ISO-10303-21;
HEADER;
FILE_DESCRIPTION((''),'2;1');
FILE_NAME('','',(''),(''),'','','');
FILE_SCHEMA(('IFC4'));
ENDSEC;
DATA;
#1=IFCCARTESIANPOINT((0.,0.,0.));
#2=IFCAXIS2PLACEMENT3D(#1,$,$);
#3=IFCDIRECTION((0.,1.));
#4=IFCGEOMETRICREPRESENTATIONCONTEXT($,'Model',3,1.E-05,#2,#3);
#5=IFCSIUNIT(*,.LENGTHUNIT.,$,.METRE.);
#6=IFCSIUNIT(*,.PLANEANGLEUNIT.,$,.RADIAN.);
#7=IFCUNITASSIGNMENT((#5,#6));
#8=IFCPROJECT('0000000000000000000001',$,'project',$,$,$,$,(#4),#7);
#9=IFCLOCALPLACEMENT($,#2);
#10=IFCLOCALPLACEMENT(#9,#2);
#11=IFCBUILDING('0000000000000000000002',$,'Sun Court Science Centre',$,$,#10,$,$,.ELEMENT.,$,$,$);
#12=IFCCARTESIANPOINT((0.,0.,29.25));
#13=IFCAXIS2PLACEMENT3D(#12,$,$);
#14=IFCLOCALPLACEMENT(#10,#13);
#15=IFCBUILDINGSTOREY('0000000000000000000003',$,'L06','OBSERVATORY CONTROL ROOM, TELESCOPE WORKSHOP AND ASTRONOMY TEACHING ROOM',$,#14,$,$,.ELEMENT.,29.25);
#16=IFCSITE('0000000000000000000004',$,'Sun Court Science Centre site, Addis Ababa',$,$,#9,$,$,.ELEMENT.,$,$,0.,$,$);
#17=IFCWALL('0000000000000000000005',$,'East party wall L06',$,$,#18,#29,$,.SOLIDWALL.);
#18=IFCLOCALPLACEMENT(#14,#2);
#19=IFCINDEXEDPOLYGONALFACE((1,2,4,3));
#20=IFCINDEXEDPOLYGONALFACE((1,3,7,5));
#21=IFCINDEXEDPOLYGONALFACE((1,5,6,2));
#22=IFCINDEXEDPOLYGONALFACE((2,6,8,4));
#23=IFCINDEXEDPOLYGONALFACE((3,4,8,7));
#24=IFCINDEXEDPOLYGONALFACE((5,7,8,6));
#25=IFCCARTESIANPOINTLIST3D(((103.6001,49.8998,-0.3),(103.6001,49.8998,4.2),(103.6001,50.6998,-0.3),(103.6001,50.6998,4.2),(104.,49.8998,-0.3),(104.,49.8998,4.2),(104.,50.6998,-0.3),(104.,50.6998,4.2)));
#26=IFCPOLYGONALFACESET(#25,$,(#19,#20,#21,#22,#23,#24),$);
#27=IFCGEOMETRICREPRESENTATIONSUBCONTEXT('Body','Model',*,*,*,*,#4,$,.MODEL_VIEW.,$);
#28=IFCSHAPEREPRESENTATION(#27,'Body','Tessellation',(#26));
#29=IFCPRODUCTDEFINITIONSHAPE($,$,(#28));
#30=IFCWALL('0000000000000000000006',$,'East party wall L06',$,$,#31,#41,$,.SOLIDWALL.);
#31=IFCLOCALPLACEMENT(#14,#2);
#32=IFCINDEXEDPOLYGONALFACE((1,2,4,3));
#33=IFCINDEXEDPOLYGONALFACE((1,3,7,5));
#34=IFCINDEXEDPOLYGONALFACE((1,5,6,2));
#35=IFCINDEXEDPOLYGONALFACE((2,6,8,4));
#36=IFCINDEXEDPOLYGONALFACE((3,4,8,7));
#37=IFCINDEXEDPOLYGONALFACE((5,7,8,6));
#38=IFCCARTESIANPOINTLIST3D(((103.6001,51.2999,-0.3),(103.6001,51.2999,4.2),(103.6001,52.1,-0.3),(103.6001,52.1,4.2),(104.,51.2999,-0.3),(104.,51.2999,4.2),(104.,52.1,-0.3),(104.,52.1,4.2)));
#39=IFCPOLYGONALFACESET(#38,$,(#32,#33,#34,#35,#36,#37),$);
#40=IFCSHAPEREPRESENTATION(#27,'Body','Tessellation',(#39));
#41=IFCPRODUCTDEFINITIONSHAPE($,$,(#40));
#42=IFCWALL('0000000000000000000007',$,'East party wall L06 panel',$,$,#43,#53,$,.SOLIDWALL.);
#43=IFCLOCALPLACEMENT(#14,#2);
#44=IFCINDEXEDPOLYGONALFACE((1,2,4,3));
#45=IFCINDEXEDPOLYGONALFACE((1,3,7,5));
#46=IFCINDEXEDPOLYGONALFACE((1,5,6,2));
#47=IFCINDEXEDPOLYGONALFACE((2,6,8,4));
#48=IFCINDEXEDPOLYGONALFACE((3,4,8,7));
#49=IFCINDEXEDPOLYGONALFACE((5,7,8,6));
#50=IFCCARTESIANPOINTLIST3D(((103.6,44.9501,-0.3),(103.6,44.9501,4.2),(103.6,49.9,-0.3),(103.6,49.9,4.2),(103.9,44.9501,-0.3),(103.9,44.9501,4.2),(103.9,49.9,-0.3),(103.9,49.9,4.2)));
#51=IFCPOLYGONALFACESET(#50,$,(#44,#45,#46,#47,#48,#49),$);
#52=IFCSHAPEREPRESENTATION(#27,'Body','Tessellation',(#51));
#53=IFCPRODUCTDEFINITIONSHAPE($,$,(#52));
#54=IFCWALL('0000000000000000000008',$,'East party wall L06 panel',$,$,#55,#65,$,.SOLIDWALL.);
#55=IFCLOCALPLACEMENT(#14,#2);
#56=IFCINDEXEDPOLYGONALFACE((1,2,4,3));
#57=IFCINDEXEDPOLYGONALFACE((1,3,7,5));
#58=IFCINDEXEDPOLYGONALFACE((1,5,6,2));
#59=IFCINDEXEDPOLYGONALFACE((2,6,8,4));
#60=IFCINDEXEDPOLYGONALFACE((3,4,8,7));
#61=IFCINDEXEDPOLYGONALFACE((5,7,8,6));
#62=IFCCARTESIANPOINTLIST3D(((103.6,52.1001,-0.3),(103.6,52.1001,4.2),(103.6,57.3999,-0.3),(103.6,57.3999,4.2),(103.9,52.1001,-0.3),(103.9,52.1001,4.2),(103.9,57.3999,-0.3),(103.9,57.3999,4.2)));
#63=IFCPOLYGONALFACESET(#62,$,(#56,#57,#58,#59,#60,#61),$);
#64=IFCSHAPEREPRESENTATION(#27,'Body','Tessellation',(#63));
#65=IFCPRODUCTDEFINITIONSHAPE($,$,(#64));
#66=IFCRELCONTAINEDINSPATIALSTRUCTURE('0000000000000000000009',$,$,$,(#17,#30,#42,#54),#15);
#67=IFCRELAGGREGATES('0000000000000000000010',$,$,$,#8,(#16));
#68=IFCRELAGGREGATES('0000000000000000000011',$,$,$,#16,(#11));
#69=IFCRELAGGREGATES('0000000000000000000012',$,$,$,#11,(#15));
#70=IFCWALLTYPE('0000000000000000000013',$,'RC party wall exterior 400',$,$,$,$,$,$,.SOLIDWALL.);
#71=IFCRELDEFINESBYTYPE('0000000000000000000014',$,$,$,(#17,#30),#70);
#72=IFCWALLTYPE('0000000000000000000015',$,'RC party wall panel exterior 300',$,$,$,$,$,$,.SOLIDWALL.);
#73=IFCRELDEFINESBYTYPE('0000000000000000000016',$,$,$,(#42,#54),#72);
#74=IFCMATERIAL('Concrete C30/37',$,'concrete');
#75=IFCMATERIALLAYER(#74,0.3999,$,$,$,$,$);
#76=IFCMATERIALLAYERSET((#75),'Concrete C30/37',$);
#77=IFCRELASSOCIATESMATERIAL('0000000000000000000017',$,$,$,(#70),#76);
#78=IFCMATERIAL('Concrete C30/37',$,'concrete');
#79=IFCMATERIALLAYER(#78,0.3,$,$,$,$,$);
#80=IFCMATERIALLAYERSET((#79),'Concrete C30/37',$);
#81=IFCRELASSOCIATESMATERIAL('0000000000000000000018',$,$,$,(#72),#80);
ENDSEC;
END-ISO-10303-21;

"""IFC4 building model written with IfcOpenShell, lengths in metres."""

from ifc_helpers import new_model, si_unit, direction, frame, frame_2d, origin, place, context, subcontext, project, spatial, rectangle, extrude, material, layer, layer_set, type_object, element, save


model = new_model("IFC4")

# Units and contexts
model_context = context("Model", 3, precision=1e-05, world=origin(), true_north=direction((0.0, 1.0)))
body_context = subcontext(model_context, "Body", "Model", "MODEL_VIEW")
ifc_project = project(units=[si_unit("LENGTHUNIT", "METRE"), si_unit("PLANEANGLEUNIT", "RADIAN")], contexts=[model_context])

# Site, building, storey
site_placement = place(None, origin())
site = spatial("IfcSite", under=ifc_project, at=site_placement, Name="Sun Court Science Centre site, Addis Ababa", CompositionType="ELEMENT", RefElevation=0.0)
building_placement = place(site_placement, origin())
building = spatial("IfcBuilding", under=site, at=building_placement, Name="Sun Court Science Centre", CompositionType="ELEMENT")
storey_placement = place(building_placement, frame((0.0, 0.0, 29.25)))
storey = spatial("IfcBuildingStorey", under=building, at=storey_placement, Name="L06", Description="OBSERVATORY CONTROL ROOM, TELESCOPE WORKSHOP AND ASTRONOMY TEACHING ROOM", CompositionType="ELEMENT", Elevation=29.25)

# Walls
ifc_material_1 = material(Name="Concrete C30/37", Category="concrete")
ifc_layer_1 = layer(ifc_material_1, 0.3999)
ifc_layer_set_1 = layer_set([ifc_layer_1], Name="Concrete C30/37")
wall_type_1 = type_object("IfcWallType", Name="RC party wall exterior 400", PredefinedType="SOLIDWALL", material=ifc_layer_set_1)
for number, where, z_axis, x_axis, name in (
    (1, (103.8, 49.8999, -0.3), (0.0, 0.0, 1.0), (0.0, 1.0, 0.0), "East party wall L06"),
    (2, (103.8, 51.3, -0.3), (0.0, 0.0, 1.0), (0.0, 1.0, 0.0), "East party wall L06"),
):
    element("IfcWall", number, at=place(storey_placement, frame(where, z_axis=z_axis, x_axis=x_axis)), inside=storey, type_object=wall_type_1, Name=name, PredefinedType="SOLIDWALL", context=body_context, shape_type="SweptSolid", body=[
        extrude(rectangle(XDim=0.8, YDim=0.3999, at=frame_2d((0.3999, 0.0))), origin(), (0.0, 0.0, 1.0), 4.5),
    ])
ifc_material_2 = material(Name="Concrete C30/37", Category="concrete")
ifc_layer_2 = layer(ifc_material_2, 0.3)
ifc_layer_set_2 = layer_set([ifc_layer_2], Name="Concrete C30/37")
wall_type_2 = type_object("IfcWallType", Name="RC party wall panel exterior 300", PredefinedType="SOLIDWALL", material=ifc_layer_set_2)
wall_1_placement = place(storey_placement, frame((103.75, 44.95, -0.3), z_axis=(0.0, 0.0, 1.0), x_axis=(0.0, 1.0, 0.0)))
element("IfcWall", 3, at=wall_1_placement, inside=storey, type_object=wall_type_2, Name="East party wall L06 panel", PredefinedType="SOLIDWALL", context=body_context, shape_type="SweptSolid", body=[
    extrude(rectangle(XDim=4.95, YDim=0.3, at=frame_2d((2.4751, 0.0))), origin(), (0.0, 0.0, 1.0), 4.5),
])
wall_2_placement = place(storey_placement, frame((103.75, 52.1001, -0.3), z_axis=(0.0, 0.0, 1.0), x_axis=(0.0, 1.0, 0.0)))
element("IfcWall", 4, at=wall_2_placement, inside=storey, type_object=wall_type_2, Name="East party wall L06 panel", PredefinedType="SOLIDWALL", context=body_context, shape_type="SweptSolid", body=[
    extrude(rectangle(XDim=5.2998, YDim=0.3, at=frame_2d((2.6499, 0.0))), origin(), (0.0, 0.0, 1.0), 4.5),
])

save(model, "model.ifc")
